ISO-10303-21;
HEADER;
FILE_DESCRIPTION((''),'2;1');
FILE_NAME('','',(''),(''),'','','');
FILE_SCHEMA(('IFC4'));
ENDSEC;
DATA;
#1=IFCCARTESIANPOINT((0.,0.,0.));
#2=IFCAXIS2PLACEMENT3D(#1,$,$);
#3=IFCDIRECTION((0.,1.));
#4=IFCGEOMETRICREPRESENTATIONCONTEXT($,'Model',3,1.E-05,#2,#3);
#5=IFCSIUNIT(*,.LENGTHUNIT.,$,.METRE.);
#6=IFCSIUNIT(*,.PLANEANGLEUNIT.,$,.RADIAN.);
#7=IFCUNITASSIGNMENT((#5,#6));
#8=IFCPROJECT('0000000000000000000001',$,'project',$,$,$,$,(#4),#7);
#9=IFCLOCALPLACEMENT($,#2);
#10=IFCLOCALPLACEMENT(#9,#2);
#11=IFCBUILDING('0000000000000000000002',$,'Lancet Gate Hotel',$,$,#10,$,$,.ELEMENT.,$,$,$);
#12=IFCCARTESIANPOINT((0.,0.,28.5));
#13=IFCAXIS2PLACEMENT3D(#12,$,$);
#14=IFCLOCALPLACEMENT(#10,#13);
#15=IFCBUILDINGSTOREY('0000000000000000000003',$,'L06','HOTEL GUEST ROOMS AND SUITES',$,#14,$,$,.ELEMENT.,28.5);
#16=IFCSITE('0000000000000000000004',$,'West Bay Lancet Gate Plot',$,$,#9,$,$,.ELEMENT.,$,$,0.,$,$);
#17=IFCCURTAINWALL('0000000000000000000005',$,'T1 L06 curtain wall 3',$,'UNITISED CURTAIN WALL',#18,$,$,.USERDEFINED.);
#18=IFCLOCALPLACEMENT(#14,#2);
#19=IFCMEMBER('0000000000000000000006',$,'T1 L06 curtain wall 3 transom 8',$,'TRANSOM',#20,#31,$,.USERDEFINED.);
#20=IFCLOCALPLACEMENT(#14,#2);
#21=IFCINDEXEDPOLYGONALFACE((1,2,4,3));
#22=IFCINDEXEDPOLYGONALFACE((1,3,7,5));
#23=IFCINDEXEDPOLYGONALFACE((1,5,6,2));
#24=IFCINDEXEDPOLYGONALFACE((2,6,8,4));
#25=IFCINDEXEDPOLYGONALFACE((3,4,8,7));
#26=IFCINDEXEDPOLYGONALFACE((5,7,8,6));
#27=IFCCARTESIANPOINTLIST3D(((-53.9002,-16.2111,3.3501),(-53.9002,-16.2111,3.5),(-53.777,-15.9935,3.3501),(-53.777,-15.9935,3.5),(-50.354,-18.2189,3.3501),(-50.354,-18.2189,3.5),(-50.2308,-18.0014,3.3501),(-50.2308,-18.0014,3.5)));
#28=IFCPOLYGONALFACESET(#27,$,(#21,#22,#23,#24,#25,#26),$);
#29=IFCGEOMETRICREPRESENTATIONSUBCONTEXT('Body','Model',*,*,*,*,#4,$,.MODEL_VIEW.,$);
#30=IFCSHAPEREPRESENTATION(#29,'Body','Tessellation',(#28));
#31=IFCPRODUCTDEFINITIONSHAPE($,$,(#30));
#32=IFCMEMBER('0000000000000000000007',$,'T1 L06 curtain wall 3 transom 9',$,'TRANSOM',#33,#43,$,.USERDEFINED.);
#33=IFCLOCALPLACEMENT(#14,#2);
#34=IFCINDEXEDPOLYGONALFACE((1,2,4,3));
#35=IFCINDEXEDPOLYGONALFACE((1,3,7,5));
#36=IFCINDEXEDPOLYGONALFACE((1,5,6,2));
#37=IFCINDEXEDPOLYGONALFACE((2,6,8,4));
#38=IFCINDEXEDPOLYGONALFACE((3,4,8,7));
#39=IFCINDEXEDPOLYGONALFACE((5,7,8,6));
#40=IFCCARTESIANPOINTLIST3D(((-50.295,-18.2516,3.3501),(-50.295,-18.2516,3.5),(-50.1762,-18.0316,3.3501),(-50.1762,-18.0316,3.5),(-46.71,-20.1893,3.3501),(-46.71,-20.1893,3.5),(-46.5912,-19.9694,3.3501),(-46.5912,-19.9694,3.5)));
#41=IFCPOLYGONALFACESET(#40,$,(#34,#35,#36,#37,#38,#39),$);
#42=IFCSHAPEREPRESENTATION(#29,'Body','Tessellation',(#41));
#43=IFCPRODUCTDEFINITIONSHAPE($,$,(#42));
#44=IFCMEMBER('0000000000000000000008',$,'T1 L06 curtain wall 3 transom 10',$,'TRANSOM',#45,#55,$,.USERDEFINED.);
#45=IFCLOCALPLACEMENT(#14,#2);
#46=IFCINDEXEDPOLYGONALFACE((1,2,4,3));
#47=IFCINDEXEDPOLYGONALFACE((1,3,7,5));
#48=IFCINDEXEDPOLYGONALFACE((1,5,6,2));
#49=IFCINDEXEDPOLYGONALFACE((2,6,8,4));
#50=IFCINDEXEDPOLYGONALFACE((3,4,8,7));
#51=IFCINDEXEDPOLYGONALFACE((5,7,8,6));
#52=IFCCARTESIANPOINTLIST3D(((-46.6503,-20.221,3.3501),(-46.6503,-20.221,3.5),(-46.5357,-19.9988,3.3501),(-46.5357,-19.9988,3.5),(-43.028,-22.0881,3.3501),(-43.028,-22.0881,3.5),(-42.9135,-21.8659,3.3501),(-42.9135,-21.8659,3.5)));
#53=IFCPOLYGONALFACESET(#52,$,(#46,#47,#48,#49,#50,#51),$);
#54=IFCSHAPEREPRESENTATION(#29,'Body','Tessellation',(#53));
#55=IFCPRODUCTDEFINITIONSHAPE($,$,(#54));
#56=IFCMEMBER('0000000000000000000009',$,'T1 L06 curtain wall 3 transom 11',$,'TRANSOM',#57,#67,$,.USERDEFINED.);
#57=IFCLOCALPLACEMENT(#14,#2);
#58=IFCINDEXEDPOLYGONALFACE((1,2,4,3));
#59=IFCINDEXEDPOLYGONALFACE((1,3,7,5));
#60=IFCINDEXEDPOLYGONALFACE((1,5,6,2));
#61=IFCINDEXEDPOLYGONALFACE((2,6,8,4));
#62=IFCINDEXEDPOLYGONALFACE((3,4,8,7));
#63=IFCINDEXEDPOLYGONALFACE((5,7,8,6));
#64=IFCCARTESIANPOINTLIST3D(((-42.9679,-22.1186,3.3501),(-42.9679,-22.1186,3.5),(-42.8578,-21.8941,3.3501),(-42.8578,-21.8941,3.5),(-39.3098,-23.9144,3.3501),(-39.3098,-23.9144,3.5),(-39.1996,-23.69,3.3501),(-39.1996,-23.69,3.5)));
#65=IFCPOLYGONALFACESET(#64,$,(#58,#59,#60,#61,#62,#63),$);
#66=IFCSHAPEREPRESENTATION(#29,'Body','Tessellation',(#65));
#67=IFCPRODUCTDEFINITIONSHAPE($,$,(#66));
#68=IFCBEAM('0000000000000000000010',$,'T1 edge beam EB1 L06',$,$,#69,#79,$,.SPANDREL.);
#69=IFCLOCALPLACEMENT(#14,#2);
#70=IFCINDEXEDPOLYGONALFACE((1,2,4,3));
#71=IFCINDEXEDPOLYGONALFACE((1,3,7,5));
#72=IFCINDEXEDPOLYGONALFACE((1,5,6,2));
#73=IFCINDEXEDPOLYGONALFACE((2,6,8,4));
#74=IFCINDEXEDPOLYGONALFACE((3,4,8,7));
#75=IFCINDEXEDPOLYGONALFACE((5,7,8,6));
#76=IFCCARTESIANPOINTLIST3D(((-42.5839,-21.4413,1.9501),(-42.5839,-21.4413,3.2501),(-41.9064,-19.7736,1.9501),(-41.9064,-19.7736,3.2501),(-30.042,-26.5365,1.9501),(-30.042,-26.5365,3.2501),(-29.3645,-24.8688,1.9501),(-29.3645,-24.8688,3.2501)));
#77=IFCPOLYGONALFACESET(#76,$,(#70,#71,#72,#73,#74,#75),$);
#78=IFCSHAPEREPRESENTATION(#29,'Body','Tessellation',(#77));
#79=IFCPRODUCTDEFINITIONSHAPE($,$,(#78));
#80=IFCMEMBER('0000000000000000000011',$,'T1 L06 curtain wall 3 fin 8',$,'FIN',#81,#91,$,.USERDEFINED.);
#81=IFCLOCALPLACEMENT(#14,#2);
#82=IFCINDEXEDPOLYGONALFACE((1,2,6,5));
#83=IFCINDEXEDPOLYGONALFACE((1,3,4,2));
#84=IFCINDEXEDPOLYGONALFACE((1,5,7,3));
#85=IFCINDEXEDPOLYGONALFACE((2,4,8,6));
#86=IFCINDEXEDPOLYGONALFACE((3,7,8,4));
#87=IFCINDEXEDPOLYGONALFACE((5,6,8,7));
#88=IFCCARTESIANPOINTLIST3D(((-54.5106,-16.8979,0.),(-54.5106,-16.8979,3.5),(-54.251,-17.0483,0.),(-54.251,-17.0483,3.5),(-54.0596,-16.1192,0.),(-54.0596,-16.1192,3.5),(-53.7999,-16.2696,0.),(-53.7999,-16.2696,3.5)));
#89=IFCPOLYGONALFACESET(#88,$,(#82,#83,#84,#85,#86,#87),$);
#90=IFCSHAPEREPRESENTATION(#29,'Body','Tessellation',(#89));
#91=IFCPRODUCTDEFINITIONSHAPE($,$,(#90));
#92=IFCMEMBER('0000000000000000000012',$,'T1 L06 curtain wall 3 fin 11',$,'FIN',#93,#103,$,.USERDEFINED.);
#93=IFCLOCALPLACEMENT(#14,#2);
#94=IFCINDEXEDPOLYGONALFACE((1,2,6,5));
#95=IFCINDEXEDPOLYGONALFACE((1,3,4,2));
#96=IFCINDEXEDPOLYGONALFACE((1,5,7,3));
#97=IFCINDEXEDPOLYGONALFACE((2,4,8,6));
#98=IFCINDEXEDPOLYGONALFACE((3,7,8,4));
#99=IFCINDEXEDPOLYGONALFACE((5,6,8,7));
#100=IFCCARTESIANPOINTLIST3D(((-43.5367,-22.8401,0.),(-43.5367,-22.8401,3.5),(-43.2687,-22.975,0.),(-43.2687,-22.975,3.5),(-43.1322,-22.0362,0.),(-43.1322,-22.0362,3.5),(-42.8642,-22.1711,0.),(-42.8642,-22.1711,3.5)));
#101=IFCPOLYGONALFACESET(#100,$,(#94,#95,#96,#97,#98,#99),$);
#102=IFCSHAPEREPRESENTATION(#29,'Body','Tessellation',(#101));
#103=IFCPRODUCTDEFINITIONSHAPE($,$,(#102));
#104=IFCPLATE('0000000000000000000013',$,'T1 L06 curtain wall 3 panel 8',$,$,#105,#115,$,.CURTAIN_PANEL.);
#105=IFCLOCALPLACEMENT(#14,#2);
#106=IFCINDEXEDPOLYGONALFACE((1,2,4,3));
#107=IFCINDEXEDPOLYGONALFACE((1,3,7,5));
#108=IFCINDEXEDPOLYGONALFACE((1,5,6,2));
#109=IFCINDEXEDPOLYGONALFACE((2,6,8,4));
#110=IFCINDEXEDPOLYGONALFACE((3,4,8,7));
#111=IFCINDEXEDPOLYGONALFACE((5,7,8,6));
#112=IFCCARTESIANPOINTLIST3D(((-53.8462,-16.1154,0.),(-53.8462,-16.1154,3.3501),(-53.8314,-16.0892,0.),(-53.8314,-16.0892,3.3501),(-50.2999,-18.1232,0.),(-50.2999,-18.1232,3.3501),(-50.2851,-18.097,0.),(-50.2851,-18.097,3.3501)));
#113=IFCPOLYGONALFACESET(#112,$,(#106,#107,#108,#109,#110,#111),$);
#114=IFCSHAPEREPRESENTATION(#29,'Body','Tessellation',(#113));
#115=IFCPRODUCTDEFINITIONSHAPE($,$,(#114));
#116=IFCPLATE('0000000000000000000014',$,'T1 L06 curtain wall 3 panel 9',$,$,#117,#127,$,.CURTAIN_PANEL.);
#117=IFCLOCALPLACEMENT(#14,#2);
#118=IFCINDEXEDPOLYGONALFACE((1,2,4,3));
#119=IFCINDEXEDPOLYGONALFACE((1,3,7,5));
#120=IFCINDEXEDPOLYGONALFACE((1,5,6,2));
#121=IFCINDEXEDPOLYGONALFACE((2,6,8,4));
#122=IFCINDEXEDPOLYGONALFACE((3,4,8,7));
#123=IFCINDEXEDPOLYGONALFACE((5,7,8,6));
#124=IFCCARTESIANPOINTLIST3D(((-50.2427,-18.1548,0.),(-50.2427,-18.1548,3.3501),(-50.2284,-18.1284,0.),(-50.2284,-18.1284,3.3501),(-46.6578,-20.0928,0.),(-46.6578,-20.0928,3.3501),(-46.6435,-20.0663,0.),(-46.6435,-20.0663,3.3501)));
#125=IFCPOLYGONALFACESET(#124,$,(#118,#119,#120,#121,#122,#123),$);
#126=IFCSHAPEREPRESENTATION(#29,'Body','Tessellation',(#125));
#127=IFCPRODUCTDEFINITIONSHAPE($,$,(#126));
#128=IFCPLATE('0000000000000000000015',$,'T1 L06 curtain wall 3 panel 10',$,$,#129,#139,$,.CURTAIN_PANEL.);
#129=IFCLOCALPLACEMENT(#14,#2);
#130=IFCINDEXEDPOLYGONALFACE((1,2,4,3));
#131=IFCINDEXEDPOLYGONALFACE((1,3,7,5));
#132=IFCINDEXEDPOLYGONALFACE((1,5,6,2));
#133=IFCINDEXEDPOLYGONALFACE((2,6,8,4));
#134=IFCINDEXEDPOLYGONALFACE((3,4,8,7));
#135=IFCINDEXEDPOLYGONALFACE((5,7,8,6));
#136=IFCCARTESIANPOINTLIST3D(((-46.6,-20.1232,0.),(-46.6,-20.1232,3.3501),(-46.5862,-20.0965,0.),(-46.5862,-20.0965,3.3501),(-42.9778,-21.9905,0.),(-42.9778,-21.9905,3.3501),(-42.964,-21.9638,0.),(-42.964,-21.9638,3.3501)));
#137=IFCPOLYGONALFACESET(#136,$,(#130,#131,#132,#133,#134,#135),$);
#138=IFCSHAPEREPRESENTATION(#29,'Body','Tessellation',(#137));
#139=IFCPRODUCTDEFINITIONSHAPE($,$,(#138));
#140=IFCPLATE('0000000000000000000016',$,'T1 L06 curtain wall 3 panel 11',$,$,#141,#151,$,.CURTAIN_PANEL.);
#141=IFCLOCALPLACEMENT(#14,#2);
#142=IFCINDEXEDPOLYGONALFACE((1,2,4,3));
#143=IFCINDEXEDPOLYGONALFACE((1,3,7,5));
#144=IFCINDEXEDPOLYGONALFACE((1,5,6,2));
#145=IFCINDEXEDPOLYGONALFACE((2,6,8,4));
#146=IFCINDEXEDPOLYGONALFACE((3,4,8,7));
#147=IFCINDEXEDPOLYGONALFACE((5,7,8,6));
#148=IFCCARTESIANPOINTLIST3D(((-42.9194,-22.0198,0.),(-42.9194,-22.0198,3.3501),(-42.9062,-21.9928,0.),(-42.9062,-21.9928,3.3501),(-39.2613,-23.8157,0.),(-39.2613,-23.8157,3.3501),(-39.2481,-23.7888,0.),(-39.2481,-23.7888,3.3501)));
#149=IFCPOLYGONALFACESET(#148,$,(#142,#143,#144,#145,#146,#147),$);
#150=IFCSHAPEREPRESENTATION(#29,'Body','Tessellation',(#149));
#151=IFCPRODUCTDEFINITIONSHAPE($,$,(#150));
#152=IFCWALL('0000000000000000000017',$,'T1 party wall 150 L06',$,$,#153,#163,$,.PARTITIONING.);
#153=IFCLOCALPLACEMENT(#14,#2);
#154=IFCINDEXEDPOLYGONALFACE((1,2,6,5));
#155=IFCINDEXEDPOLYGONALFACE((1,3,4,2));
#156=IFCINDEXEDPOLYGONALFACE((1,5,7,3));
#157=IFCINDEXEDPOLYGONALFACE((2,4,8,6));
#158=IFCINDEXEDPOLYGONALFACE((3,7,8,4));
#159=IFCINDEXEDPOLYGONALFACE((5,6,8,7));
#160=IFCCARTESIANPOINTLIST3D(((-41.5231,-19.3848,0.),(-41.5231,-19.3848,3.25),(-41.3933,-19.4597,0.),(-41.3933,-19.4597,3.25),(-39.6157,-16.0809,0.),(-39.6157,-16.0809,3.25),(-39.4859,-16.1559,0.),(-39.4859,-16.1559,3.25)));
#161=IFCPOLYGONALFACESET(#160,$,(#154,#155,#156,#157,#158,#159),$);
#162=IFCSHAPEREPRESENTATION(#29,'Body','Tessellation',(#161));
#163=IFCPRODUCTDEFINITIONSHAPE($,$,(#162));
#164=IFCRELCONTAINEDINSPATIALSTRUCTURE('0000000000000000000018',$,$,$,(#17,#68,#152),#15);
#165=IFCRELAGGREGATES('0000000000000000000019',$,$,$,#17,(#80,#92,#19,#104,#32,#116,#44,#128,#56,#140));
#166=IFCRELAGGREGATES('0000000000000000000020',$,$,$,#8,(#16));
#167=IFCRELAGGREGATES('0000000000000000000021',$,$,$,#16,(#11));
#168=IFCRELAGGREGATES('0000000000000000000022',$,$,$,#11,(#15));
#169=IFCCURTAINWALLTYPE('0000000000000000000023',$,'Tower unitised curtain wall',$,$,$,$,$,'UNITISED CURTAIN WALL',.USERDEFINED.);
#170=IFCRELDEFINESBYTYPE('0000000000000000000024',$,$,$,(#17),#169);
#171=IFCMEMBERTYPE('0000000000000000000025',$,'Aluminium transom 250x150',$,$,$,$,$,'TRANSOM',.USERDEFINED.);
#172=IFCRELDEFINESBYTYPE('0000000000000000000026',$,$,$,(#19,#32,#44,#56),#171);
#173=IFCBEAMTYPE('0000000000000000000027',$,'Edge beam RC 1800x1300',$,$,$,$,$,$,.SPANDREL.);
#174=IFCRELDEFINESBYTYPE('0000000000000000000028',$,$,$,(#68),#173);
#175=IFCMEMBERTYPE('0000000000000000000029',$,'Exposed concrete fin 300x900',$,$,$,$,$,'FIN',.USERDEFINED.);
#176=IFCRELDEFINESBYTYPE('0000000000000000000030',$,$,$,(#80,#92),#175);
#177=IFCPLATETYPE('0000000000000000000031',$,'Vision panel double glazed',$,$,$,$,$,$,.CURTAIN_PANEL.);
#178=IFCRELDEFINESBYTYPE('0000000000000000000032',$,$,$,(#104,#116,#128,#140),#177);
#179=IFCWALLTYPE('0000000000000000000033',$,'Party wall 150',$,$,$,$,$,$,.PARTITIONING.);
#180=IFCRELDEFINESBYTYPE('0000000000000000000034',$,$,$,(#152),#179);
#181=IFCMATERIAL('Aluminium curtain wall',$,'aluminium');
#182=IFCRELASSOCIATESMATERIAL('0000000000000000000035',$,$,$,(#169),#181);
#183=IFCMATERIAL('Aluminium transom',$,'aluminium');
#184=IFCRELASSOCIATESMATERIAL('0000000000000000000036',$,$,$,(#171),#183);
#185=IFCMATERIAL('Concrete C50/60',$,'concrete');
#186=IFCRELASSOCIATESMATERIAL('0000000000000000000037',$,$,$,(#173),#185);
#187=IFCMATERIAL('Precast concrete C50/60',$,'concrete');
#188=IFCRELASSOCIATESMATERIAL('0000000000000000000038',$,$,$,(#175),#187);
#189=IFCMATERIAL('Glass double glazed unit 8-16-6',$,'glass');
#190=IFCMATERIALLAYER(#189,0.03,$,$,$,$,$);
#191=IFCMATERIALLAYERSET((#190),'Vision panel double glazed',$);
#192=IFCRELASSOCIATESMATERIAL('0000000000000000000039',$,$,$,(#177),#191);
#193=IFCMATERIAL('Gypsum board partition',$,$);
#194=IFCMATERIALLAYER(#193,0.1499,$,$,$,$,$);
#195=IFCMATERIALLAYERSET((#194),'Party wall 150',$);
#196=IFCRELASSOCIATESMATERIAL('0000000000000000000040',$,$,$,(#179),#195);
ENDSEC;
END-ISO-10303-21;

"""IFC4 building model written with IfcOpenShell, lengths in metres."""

from ifc_helpers import new_model, si_unit, direction, frame, frame_2d, origin, origin_2d, place, context, subcontext, project, spatial, rectangle, extrude, material, layer, layer_set, material_profile, profile_set, type_object, element, aggregate, save


model = new_model("IFC4")

# Units and contexts
model_context = context("Model", 3, precision=1e-05, world=origin(), true_north=direction((0.0, 1.0)))
body_context = subcontext(model_context, "Body", "Model", "MODEL_VIEW")
ifc_project = project(units=[si_unit("LENGTHUNIT", "METRE"), si_unit("PLANEANGLEUNIT", "RADIAN")], contexts=[model_context])

# Site, building, storey
site_placement = place(None, origin())
site = spatial("IfcSite", under=ifc_project, at=site_placement, Name="West Bay Lancet Gate Plot", CompositionType="ELEMENT", RefElevation=0.0)
building_placement = place(site_placement, origin())
building = spatial("IfcBuilding", under=site, at=building_placement, Name="Lancet Gate Hotel", CompositionType="ELEMENT")
storey_placement = place(building_placement, frame((0.0, 0.0, 28.5)))
storey = spatial("IfcBuildingStorey", under=building, at=storey_placement, Name="L06", Description="HOTEL GUEST ROOMS AND SUITES", CompositionType="ELEMENT", Elevation=28.5)

# Curtain wall, members
ifc_material_1 = material(Name="Aluminium curtain wall", Category="aluminium")
curtain_wall_type = type_object("IfcCurtainWallType", Name="Tower unitised curtain wall", ElementType="UNITISED CURTAIN WALL", PredefinedType="USERDEFINED", material=ifc_material_1)
curtain_wall_placement = place(storey_placement, origin())
curtain_wall = element("IfcCurtainWall", 1, at=curtain_wall_placement, inside=storey, type_object=curtain_wall_type, Name="T1 L06 curtain wall 3", ObjectType="UNITISED CURTAIN WALL", PredefinedType="USERDEFINED")
ifc_material_2 = material(Name="Aluminium transom", Category="aluminium")
ifc_material_profile_1 = material_profile(ifc_material_2, rectangle(XDim=0.25, YDim=0.1499, at=origin_2d()), Name="TRANSOM 250x150")
ifc_profile_set_1 = profile_set([ifc_material_profile_1], Name="Aluminium transom")
member_type_1 = type_object("IfcMemberType", Name="Aluminium transom 250x150", ElementType="TRANSOM", PredefinedType="USERDEFINED", material=ifc_profile_set_1)
member_1_placement = place(storey_placement, frame((-53.8386, -16.1023, 3.425), z_axis=(0.870198, -0.492703, 0.0), x_axis=(0.492703, 0.870198, 0.0)))
member_1 = element("IfcMember", 2, at=member_1_placement, type_object=member_type_1, Name="T1 L06 curtain wall 3 transom 8", ObjectType="TRANSOM", PredefinedType="USERDEFINED", context=body_context, shape_type="SweptSolid", body=[
    extrude(rectangle(XDim=0.25, YDim=0.1499, at=origin_2d()), origin(), (0.0, 0.0, 1.0), 4.0752),
])
member_2_placement = place(storey_placement, frame((-50.2356, -18.1416, 3.425), z_axis=(0.879714, -0.475503, 0.0), x_axis=(0.475503, 0.879714, 0.0)))
member_2 = element("IfcMember", 3, at=member_2_placement, type_object=member_type_1, Name="T1 L06 curtain wall 3 transom 9", ObjectType="TRANSOM", PredefinedType="USERDEFINED", context=body_context, shape_type="SweptSolid", body=[
    extrude(rectangle(XDim=0.25, YDim=0.1499, at=origin_2d()), origin(), (0.0, 0.0, 1.0), 4.0752),
])
member_3_placement = place(storey_placement, frame((-46.593, -20.1099, 3.425), z_axis=(0.88886, -0.458179, 0.0), x_axis=(0.458179, 0.88886, 0.0)))
member_3 = element("IfcMember", 4, at=member_3_placement, type_object=member_type_1, Name="T1 L06 curtain wall 3 transom 10", ObjectType="TRANSOM", PredefinedType="USERDEFINED", context=body_context, shape_type="SweptSolid", body=[
    extrude(rectangle(XDim=0.25, YDim=0.1499, at=origin_2d()), origin(), (0.0, 0.0, 1.0), 4.0752),
])
member_4_placement = place(storey_placement, frame((-42.9128, -22.0063, 3.425), z_axis=(0.897662, -0.440684, 0.0), x_axis=(0.440684, 0.897662, 0.0)))
member_4 = element("IfcMember", 5, at=member_4_placement, type_object=member_type_1, Name="T1 L06 curtain wall 3 transom 11", ObjectType="TRANSOM", PredefinedType="USERDEFINED", context=body_context, shape_type="SweptSolid", body=[
    extrude(rectangle(XDim=0.25, YDim=0.1499, at=origin_2d()), origin(), (0.0, 0.0, 1.0), 4.0752),
])

# Beam
ifc_material_3 = material(Name="Concrete C50/60", Category="concrete")
ifc_material_profile_2 = material_profile(ifc_material_3, rectangle(XDim=1.8, YDim=1.3, at=origin_2d()), Name="RC 1800x1300")
ifc_profile_set_2 = profile_set([ifc_material_profile_2], Name="Concrete C50/60")
beam_type = type_object("IfcBeamType", Name="Edge beam RC 1800x1300", PredefinedType="SPANDREL", material=ifc_profile_set_2)
beam_placement = place(storey_placement, frame((-42.2451, -20.6074, 2.6001), z_axis=(0.926463, -0.376385, 0.0), x_axis=(0.376385, 0.926463, 0.0)))
element("IfcBeam", 6, at=beam_placement, inside=storey, type_object=beam_type, Name="T1 edge beam EB1 L06", PredefinedType="SPANDREL", context=body_context, shape_type="SweptSolid", body=[
    extrude(rectangle(XDim=1.8, YDim=1.3, at=origin_2d()), origin(), (0.0, 0.0, 1.0), 13.5374),
])

# Members
ifc_material_4 = material(Name="Precast concrete C50/60", Category="concrete")
ifc_material_profile_3 = material_profile(ifc_material_4, rectangle(XDim=0.3, YDim=0.8999, at=origin_2d()), Name="FIN 300x900")
ifc_profile_set_3 = profile_set([ifc_material_profile_3], Name="Precast concrete C50/60")
member_type_2 = type_object("IfcMemberType", Name="Exposed concrete fin 300x900", ElementType="FIN", PredefinedType="USERDEFINED", material=ifc_profile_set_3)
member_5_placement = place(storey_placement, frame((-54.1553, -16.5837, 0.0), z_axis=(0.0, 0.0, 1.0), x_axis=(0.865335, -0.501194, 0.0)))
member_5 = element("IfcMember", 7, at=member_5_placement, type_object=member_type_2, Name="T1 L06 curtain wall 3 fin 8", ObjectType="FIN", PredefinedType="USERDEFINED", context=body_context, shape_type="SweptSolid", body=[
    extrude(rectangle(XDim=0.3, YDim=0.8999, at=origin_2d()), origin(), (0.0, 0.0, 1.0), 3.5),
])
member_6_placement = place(storey_placement, frame((-43.2004, -22.5056, 0.0), z_axis=(0.0, 0.0, 1.0), x_axis=(0.893292, -0.449478, 0.0)))
member_6 = element("IfcMember", 8, at=member_6_placement, type_object=member_type_2, Name="T1 L06 curtain wall 3 fin 11", ObjectType="FIN", PredefinedType="USERDEFINED", context=body_context, shape_type="SweptSolid", body=[
    extrude(rectangle(XDim=0.3, YDim=0.8999, at=origin_2d()), origin(), (0.0, 0.0, 1.0), 3.5),
])

# Plates
ifc_material_5 = material(Name="Glass double glazed unit 8-16-6", Category="glass")
ifc_layer_1 = layer(ifc_material_5, 0.03)
ifc_layer_set_1 = layer_set([ifc_layer_1], Name="Vision panel double glazed")
plate_type = type_object("IfcPlateType", Name="Vision panel double glazed", PredefinedType="CURTAIN_PANEL", material=ifc_layer_set_1)
plate_1_placement = place(storey_placement, frame((-52.0657, -17.1062, 0.0), z_axis=(0.0, 0.0, 1.0), x_axis=(0.870205, -0.49269, 0.0)))
plate_1 = element("IfcPlate", 9, at=plate_1_placement, type_object=plate_type, Name="T1 L06 curtain wall 3 panel 8", PredefinedType="CURTAIN_PANEL", context=body_context, shape_type="SweptSolid", body=[
    extrude(rectangle(XDim=4.0752, YDim=0.03, at=origin_2d()), origin(), (0.0, 0.0, 1.0), 3.3501),
])
plate_2_placement = place(storey_placement, frame((-48.4431, -19.1106, 0.0), z_axis=(0.0, 0.0, 1.0), x_axis=(0.879693, -0.475541, 0.0)))
plate_2 = element("IfcPlate", 10, at=plate_2_placement, type_object=plate_type, Name="T1 L06 curtain wall 3 panel 9", PredefinedType="CURTAIN_PANEL", context=body_context, shape_type="SweptSolid", body=[
    extrude(rectangle(XDim=4.0752, YDim=0.03, at=origin_2d()), origin(), (0.0, 0.0, 1.0), 3.3501),
])
plate_3_placement = place(storey_placement, frame((-44.782, -21.0435, 0.0), z_axis=(0.0, 0.0, 1.0), x_axis=(0.888844, -0.45821, 0.0)))
plate_3 = element("IfcPlate", 11, at=plate_3_placement, type_object=plate_type, Name="T1 L06 curtain wall 3 panel 10", PredefinedType="CURTAIN_PANEL", context=body_context, shape_type="SweptSolid", body=[
    extrude(rectangle(XDim=4.0752, YDim=0.03, at=origin_2d()), origin(), (0.0, 0.0, 1.0), 3.3501),
])
plate_4_placement = place(storey_placement, frame((-41.0837, -22.9043, 0.0), z_axis=(0.0, 0.0, 1.0), x_axis=(0.897653, -0.440702, 0.0)))
plate_4 = element("IfcPlate", 12, at=plate_4_placement, type_object=plate_type, Name="T1 L06 curtain wall 3 panel 11", PredefinedType="CURTAIN_PANEL", context=body_context, shape_type="SweptSolid", body=[
    extrude(rectangle(XDim=4.0752, YDim=0.03, at=origin_2d()), origin(), (0.0, 0.0, 1.0), 3.3501),
])
aggregate(curtain_wall, [member_5, member_6, member_1, plate_1, member_2, plate_2, member_3, plate_3, member_4, plate_4])

# Wall
ifc_material_6 = material(Name="Gypsum board partition")
ifc_layer_2 = layer(ifc_material_6, 0.1499)
ifc_layer_set_2 = layer_set([ifc_layer_2], Name="Party wall 150")
wall_type = type_object("IfcWallType", Name="Party wall 150", PredefinedType="PARTITIONING", material=ifc_layer_set_2)
wall_placement = place(storey_placement, frame((-39.5508, -16.1184, 0.0), z_axis=(0.0, 0.0, 1.0), x_axis=(-0.499987, -0.866033, 0.0)))
element("IfcWall", 13, at=wall_placement, inside=storey, type_object=wall_type, Name="T1 party wall 150 L06", PredefinedType="PARTITIONING", context=body_context, shape_type="SweptSolid", body=[
    extrude(rectangle(XDim=3.8149, YDim=0.1499, at=frame_2d((1.9075, 0.0))), origin(), (0.0, 0.0, 1.0), 3.25),
])

save(model, "model.ifc")
